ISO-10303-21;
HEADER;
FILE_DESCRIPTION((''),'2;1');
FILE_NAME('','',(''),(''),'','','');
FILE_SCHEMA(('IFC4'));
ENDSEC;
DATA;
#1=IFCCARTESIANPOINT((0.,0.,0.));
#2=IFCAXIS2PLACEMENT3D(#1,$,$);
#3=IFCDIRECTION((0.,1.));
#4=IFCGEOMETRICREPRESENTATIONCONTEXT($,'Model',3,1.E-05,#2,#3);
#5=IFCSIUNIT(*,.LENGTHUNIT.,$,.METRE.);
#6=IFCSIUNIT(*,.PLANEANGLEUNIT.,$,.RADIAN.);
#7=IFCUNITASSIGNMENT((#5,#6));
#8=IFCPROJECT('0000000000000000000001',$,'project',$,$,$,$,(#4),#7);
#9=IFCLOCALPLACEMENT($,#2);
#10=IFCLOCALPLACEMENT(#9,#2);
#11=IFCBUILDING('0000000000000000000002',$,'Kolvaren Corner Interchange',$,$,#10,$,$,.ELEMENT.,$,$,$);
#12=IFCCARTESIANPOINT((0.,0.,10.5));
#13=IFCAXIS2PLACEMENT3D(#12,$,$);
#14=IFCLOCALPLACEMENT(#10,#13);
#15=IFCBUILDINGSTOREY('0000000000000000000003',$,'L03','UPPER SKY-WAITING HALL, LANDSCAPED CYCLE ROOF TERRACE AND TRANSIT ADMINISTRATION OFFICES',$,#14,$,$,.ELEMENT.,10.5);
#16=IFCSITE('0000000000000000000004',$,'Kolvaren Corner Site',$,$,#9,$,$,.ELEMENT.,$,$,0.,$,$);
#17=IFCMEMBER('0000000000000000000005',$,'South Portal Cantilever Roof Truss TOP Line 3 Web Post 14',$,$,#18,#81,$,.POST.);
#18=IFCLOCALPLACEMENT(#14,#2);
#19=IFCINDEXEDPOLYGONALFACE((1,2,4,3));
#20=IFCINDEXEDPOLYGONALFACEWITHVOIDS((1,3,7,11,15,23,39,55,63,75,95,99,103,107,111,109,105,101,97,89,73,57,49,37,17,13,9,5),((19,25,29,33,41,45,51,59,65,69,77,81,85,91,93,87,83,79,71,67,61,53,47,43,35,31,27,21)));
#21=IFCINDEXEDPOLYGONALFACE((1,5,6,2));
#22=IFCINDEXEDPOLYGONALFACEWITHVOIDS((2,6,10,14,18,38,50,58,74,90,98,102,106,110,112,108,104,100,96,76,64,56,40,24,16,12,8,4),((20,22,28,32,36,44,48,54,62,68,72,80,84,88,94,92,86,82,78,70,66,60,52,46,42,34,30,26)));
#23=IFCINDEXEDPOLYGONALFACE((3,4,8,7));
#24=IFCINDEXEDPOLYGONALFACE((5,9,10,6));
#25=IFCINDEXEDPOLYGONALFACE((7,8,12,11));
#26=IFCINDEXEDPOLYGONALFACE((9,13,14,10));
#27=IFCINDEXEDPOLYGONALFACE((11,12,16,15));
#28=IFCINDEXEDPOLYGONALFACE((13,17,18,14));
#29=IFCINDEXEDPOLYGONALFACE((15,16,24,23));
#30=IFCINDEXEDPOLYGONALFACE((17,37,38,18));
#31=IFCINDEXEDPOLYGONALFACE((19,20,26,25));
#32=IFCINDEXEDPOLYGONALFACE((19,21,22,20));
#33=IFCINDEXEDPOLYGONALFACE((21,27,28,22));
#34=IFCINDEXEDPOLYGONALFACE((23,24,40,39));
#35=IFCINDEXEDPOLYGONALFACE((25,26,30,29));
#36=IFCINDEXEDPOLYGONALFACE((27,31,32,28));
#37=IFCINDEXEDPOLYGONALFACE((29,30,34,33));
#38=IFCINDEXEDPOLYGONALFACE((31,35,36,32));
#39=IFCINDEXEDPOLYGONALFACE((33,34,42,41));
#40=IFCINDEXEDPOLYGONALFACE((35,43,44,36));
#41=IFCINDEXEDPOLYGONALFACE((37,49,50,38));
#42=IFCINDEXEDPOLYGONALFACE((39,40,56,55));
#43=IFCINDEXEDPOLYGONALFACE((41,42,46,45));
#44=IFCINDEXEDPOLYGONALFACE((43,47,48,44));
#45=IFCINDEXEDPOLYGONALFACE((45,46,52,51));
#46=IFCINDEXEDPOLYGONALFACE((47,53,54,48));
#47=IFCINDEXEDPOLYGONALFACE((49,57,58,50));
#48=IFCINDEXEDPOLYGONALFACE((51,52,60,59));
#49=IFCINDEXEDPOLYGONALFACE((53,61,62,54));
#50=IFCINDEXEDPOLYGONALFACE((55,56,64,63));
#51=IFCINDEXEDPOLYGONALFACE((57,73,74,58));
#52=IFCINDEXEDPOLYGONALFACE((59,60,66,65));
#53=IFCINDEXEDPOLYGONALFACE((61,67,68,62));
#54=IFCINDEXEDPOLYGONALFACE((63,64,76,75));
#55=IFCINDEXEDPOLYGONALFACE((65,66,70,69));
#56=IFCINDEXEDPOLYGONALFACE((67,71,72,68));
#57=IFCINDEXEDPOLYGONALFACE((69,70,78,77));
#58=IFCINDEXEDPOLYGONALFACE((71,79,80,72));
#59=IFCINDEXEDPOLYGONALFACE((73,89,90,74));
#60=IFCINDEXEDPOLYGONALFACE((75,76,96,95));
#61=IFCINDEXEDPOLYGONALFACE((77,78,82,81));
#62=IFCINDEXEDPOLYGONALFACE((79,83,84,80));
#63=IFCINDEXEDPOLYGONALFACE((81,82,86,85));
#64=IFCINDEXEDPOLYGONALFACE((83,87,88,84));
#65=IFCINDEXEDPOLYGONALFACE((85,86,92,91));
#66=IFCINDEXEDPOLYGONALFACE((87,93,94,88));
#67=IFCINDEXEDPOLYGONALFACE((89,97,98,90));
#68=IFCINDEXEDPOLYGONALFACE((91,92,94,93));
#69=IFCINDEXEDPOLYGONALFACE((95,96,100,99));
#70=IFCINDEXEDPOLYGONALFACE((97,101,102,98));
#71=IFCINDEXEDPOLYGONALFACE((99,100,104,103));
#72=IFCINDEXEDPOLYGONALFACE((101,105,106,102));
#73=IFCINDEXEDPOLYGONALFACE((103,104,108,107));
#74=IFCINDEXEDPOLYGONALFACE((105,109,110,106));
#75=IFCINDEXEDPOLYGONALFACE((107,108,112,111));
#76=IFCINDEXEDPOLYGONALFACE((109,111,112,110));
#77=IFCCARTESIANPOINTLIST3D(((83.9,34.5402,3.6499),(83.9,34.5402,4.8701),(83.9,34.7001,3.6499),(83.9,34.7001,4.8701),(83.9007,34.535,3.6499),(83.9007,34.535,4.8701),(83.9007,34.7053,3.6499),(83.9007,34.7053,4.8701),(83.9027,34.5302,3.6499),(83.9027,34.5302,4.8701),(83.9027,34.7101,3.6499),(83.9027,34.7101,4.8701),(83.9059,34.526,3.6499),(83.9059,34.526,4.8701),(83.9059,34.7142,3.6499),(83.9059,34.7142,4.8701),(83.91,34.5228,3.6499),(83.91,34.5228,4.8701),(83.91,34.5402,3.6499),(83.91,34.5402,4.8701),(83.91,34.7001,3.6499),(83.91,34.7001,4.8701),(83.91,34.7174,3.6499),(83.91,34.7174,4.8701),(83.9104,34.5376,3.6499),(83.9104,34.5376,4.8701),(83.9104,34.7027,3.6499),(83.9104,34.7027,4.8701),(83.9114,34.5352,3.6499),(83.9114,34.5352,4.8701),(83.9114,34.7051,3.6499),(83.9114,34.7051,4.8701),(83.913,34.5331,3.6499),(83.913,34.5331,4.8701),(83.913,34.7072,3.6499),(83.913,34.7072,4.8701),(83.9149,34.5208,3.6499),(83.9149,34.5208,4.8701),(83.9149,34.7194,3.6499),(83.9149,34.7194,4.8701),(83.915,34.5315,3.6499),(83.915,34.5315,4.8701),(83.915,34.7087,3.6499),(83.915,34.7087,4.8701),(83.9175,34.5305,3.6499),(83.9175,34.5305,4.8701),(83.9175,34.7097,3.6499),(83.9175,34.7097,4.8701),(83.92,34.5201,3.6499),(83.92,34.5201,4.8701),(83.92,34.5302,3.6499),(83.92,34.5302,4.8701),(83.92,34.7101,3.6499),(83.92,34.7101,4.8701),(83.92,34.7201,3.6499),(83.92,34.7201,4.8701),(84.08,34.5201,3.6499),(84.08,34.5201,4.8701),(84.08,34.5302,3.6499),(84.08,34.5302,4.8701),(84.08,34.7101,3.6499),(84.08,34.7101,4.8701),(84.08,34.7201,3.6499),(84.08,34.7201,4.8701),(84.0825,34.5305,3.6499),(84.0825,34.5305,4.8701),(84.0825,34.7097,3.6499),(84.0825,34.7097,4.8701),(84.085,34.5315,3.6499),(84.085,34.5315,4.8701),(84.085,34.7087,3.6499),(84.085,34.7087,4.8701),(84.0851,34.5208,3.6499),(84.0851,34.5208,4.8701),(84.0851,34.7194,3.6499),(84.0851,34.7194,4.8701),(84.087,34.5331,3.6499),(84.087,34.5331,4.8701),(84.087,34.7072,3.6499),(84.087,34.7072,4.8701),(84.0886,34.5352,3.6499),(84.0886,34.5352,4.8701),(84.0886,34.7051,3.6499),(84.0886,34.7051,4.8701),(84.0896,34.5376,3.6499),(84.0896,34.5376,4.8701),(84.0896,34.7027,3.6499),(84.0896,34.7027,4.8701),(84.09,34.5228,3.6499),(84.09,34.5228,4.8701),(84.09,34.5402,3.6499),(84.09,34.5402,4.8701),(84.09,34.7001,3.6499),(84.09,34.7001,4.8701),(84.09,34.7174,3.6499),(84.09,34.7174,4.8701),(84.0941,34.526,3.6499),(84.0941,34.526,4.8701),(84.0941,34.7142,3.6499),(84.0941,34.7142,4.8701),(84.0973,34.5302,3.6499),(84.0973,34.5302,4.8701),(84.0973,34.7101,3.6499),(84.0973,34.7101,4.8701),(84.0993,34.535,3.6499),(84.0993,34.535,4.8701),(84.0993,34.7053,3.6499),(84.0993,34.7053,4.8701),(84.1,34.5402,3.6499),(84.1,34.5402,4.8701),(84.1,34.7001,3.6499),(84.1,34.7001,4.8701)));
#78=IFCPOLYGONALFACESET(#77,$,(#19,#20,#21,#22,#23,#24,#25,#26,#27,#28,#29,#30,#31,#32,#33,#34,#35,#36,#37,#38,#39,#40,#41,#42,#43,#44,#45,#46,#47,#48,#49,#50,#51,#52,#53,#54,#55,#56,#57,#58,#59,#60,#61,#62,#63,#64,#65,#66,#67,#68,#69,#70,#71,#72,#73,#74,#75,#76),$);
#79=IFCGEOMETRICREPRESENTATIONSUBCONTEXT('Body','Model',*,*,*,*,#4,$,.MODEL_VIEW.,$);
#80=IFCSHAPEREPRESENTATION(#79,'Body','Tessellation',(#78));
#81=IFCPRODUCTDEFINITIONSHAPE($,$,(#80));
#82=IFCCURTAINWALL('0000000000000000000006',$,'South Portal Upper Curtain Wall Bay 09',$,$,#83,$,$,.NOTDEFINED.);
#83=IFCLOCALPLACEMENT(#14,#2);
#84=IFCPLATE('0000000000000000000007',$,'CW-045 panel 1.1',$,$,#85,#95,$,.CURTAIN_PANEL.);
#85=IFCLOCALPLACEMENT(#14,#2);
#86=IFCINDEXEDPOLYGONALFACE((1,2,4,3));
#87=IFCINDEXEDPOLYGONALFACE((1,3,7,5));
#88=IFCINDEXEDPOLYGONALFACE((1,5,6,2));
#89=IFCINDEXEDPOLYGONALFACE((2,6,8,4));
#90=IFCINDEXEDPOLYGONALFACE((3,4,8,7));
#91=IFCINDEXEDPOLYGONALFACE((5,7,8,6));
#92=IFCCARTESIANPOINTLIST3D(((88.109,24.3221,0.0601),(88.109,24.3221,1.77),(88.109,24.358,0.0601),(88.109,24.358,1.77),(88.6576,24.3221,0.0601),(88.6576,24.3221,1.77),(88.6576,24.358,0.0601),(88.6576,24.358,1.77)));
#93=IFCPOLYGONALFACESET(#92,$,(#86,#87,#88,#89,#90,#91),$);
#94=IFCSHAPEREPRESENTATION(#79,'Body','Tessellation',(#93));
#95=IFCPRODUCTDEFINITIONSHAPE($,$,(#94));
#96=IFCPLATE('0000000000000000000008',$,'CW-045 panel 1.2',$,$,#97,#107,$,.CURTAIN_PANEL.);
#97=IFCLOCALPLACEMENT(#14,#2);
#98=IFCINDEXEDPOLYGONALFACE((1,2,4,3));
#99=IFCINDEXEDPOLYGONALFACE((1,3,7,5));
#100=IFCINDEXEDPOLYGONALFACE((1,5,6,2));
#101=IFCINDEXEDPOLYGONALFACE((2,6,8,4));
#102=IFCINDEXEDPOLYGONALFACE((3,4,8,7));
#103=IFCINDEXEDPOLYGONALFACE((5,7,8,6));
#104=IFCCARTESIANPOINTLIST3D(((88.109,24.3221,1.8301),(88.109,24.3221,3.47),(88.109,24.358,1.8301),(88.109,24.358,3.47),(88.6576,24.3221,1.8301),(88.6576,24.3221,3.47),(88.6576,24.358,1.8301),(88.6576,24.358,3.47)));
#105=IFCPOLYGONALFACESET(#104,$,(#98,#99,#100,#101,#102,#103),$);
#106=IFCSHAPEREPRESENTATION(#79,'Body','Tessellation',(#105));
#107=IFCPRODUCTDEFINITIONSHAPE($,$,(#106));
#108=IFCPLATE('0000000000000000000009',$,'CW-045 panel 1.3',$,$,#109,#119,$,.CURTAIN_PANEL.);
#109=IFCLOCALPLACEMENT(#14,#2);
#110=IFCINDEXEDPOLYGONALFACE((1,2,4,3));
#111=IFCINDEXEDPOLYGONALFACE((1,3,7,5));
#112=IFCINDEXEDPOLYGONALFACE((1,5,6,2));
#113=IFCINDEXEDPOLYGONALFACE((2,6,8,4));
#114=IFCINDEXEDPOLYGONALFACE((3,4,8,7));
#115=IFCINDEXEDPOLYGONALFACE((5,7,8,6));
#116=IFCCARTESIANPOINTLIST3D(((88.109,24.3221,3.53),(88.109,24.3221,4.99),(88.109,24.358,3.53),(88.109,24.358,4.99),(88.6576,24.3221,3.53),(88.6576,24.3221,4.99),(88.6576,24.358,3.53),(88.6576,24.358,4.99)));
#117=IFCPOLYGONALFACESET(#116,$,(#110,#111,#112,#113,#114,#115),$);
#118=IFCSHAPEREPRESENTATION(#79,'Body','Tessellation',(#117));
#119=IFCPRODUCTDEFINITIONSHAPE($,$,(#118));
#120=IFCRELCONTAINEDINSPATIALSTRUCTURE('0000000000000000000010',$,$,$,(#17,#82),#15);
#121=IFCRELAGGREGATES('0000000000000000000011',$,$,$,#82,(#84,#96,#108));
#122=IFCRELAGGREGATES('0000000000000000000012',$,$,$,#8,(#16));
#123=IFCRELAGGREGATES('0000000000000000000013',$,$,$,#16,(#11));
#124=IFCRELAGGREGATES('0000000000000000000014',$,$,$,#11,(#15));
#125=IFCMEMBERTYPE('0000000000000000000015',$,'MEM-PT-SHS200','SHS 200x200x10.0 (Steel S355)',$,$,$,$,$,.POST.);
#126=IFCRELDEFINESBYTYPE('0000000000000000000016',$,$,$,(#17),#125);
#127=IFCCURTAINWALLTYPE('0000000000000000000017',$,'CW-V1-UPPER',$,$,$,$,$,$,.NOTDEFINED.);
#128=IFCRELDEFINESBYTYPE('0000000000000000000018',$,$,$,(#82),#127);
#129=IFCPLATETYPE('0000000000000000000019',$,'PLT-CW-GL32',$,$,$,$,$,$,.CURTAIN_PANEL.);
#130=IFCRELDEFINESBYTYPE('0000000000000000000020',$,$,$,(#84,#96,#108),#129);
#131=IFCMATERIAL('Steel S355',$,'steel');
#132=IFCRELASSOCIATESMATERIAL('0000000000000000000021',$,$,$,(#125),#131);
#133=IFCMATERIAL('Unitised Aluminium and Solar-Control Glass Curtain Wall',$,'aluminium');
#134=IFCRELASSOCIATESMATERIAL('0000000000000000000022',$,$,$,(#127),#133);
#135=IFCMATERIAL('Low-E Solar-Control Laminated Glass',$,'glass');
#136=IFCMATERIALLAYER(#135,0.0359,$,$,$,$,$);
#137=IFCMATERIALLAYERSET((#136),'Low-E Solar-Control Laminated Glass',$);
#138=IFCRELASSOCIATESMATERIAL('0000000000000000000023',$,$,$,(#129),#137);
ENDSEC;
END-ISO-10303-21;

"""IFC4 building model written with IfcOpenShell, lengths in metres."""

from ifc_helpers import new_model, si_unit, direction, frame, origin, origin_2d, place, context, subcontext, project, spatial, rectangle, hollow_rectangle, extrude, material, layer, layer_set, material_profile, profile_set, type_object, element, aggregate, save


model = new_model("IFC4")

# Units and contexts
model_context = context("Model", 3, precision=1e-05, world=origin(), true_north=direction((0.0, 1.0)))
body_context = subcontext(model_context, "Body", "Model", "MODEL_VIEW")
ifc_project = project(units=[si_unit("LENGTHUNIT", "METRE"), si_unit("PLANEANGLEUNIT", "RADIAN")], contexts=[model_context])

# Site, building, storey
site_placement = place(None, origin())
site = spatial("IfcSite", under=ifc_project, at=site_placement, Name="Kolvaren Corner Site", CompositionType="ELEMENT", RefElevation=0.0)
building_placement = place(site_placement, origin())
building = spatial("IfcBuilding", under=site, at=building_placement, Name="Kolvaren Corner Interchange", CompositionType="ELEMENT")
storey_placement = place(building_placement, frame((0.0, 0.0, 10.5)))
storey = spatial("IfcBuildingStorey", under=building, at=storey_placement, Name="L03", Description="UPPER SKY-WAITING HALL, LANDSCAPED CYCLE ROOF TERRACE AND TRANSIT ADMINISTRATION OFFICES", CompositionType="ELEMENT", Elevation=10.5)

# Member
ifc_material_1 = material(Name="Steel S355", Category="steel")
ifc_material_profile_1 = material_profile(ifc_material_1, hollow_rectangle(XDim=0.2, YDim=0.2, WallThickness=0.01, InnerFilletRadius=0.01, OuterFilletRadius=0.02, at=origin_2d()), Name="SHS 200x200x10.0")
ifc_profile_set_1 = profile_set([ifc_material_profile_1], Name="Steel S355")
member_type_1 = type_object("IfcMemberType", Name="MEM-PT-SHS200", Description="SHS 200x200x10.0 (Steel S355)", PredefinedType="POST", material=ifc_profile_set_1)
for number, where, z_axis, x_axis, name in (
    (1, (84.0, 34.6201, 3.6499), (0.0, 0.0, 1.0), (1.0, 0.0, 0.0), "South Portal Cantilever Roof Truss TOP Line 3 Web Post 14"),
):
    element("IfcMember", number, at=place(storey_placement, frame(where, z_axis=z_axis, x_axis=x_axis)), inside=storey, type_object=member_type_1, Name=name, PredefinedType="POST", context=body_context, shape_type="SweptSolid", body=[
        extrude(hollow_rectangle(XDim=0.2, YDim=0.2, WallThickness=0.01, InnerFilletRadius=0.01, OuterFilletRadius=0.02, at=origin_2d()), origin(), (0.0, 0.0, 1.0), 1.2202),
    ])

# Curtain wall, plates
ifc_material_2 = material(Name="Unitised Aluminium and Solar-Control Glass Curtain Wall", Category="aluminium")
curtain_wall_type = type_object("IfcCurtainWallType", Name="CW-V1-UPPER", PredefinedType="NOTDEFINED", material=ifc_material_2)
curtain_wall_placement = place(storey_placement, origin())
curtain_wall = element("IfcCurtainWall", 2, at=curtain_wall_placement, inside=storey, type_object=curtain_wall_type, Name="South Portal Upper Curtain Wall Bay 09", PredefinedType="NOTDEFINED")
ifc_material_3 = material(Name="Low-E Solar-Control Laminated Glass", Category="glass")
ifc_layer = layer(ifc_material_3, 0.0359)
ifc_layer_set = layer_set([ifc_layer], Name="Low-E Solar-Control Laminated Glass")
plate_type = type_object("IfcPlateType", Name="PLT-CW-GL32", PredefinedType="CURTAIN_PANEL", material=ifc_layer_set)
plate_1_placement = place(storey_placement, frame((88.3833, 24.3401, 0.0601), z_axis=(0.0, 0.0, 1.0), x_axis=(1.0, 0.0, 0.0)))
plate_1 = element("IfcPlate", 3, at=plate_1_placement, type_object=plate_type, Name="CW-045 panel 1.1", PredefinedType="CURTAIN_PANEL", context=body_context, shape_type="SweptSolid", body=[
    extrude(rectangle(XDim=0.5486, YDim=0.0359, at=origin_2d()), origin(), (0.0, 0.0, 1.0), 1.71),
])
plate_2_placement = place(storey_placement, frame((88.3833, 24.3401, 1.8301), z_axis=(0.0, 0.0, 1.0), x_axis=(1.0, 0.0, 0.0)))
plate_2 = element("IfcPlate", 4, at=plate_2_placement, type_object=plate_type, Name="CW-045 panel 1.2", PredefinedType="CURTAIN_PANEL", context=body_context, shape_type="SweptSolid", body=[
    extrude(rectangle(XDim=0.5486, YDim=0.0359, at=origin_2d()), origin(), (0.0, 0.0, 1.0), 1.6399),
])
plate_3_placement = place(storey_placement, frame((88.3833, 24.3401, 3.53), z_axis=(0.0, 0.0, 1.0), x_axis=(1.0, 0.0, 0.0)))
plate_3 = element("IfcPlate", 5, at=plate_3_placement, type_object=plate_type, Name="CW-045 panel 1.3", PredefinedType="CURTAIN_PANEL", context=body_context, shape_type="SweptSolid", body=[
    extrude(rectangle(XDim=0.5486, YDim=0.0359, at=origin_2d()), origin(), (0.0, 0.0, 1.0), 1.46),
])
aggregate(curtain_wall, [plate_1, plate_2, plate_3])

save(model, "model.ifc")
